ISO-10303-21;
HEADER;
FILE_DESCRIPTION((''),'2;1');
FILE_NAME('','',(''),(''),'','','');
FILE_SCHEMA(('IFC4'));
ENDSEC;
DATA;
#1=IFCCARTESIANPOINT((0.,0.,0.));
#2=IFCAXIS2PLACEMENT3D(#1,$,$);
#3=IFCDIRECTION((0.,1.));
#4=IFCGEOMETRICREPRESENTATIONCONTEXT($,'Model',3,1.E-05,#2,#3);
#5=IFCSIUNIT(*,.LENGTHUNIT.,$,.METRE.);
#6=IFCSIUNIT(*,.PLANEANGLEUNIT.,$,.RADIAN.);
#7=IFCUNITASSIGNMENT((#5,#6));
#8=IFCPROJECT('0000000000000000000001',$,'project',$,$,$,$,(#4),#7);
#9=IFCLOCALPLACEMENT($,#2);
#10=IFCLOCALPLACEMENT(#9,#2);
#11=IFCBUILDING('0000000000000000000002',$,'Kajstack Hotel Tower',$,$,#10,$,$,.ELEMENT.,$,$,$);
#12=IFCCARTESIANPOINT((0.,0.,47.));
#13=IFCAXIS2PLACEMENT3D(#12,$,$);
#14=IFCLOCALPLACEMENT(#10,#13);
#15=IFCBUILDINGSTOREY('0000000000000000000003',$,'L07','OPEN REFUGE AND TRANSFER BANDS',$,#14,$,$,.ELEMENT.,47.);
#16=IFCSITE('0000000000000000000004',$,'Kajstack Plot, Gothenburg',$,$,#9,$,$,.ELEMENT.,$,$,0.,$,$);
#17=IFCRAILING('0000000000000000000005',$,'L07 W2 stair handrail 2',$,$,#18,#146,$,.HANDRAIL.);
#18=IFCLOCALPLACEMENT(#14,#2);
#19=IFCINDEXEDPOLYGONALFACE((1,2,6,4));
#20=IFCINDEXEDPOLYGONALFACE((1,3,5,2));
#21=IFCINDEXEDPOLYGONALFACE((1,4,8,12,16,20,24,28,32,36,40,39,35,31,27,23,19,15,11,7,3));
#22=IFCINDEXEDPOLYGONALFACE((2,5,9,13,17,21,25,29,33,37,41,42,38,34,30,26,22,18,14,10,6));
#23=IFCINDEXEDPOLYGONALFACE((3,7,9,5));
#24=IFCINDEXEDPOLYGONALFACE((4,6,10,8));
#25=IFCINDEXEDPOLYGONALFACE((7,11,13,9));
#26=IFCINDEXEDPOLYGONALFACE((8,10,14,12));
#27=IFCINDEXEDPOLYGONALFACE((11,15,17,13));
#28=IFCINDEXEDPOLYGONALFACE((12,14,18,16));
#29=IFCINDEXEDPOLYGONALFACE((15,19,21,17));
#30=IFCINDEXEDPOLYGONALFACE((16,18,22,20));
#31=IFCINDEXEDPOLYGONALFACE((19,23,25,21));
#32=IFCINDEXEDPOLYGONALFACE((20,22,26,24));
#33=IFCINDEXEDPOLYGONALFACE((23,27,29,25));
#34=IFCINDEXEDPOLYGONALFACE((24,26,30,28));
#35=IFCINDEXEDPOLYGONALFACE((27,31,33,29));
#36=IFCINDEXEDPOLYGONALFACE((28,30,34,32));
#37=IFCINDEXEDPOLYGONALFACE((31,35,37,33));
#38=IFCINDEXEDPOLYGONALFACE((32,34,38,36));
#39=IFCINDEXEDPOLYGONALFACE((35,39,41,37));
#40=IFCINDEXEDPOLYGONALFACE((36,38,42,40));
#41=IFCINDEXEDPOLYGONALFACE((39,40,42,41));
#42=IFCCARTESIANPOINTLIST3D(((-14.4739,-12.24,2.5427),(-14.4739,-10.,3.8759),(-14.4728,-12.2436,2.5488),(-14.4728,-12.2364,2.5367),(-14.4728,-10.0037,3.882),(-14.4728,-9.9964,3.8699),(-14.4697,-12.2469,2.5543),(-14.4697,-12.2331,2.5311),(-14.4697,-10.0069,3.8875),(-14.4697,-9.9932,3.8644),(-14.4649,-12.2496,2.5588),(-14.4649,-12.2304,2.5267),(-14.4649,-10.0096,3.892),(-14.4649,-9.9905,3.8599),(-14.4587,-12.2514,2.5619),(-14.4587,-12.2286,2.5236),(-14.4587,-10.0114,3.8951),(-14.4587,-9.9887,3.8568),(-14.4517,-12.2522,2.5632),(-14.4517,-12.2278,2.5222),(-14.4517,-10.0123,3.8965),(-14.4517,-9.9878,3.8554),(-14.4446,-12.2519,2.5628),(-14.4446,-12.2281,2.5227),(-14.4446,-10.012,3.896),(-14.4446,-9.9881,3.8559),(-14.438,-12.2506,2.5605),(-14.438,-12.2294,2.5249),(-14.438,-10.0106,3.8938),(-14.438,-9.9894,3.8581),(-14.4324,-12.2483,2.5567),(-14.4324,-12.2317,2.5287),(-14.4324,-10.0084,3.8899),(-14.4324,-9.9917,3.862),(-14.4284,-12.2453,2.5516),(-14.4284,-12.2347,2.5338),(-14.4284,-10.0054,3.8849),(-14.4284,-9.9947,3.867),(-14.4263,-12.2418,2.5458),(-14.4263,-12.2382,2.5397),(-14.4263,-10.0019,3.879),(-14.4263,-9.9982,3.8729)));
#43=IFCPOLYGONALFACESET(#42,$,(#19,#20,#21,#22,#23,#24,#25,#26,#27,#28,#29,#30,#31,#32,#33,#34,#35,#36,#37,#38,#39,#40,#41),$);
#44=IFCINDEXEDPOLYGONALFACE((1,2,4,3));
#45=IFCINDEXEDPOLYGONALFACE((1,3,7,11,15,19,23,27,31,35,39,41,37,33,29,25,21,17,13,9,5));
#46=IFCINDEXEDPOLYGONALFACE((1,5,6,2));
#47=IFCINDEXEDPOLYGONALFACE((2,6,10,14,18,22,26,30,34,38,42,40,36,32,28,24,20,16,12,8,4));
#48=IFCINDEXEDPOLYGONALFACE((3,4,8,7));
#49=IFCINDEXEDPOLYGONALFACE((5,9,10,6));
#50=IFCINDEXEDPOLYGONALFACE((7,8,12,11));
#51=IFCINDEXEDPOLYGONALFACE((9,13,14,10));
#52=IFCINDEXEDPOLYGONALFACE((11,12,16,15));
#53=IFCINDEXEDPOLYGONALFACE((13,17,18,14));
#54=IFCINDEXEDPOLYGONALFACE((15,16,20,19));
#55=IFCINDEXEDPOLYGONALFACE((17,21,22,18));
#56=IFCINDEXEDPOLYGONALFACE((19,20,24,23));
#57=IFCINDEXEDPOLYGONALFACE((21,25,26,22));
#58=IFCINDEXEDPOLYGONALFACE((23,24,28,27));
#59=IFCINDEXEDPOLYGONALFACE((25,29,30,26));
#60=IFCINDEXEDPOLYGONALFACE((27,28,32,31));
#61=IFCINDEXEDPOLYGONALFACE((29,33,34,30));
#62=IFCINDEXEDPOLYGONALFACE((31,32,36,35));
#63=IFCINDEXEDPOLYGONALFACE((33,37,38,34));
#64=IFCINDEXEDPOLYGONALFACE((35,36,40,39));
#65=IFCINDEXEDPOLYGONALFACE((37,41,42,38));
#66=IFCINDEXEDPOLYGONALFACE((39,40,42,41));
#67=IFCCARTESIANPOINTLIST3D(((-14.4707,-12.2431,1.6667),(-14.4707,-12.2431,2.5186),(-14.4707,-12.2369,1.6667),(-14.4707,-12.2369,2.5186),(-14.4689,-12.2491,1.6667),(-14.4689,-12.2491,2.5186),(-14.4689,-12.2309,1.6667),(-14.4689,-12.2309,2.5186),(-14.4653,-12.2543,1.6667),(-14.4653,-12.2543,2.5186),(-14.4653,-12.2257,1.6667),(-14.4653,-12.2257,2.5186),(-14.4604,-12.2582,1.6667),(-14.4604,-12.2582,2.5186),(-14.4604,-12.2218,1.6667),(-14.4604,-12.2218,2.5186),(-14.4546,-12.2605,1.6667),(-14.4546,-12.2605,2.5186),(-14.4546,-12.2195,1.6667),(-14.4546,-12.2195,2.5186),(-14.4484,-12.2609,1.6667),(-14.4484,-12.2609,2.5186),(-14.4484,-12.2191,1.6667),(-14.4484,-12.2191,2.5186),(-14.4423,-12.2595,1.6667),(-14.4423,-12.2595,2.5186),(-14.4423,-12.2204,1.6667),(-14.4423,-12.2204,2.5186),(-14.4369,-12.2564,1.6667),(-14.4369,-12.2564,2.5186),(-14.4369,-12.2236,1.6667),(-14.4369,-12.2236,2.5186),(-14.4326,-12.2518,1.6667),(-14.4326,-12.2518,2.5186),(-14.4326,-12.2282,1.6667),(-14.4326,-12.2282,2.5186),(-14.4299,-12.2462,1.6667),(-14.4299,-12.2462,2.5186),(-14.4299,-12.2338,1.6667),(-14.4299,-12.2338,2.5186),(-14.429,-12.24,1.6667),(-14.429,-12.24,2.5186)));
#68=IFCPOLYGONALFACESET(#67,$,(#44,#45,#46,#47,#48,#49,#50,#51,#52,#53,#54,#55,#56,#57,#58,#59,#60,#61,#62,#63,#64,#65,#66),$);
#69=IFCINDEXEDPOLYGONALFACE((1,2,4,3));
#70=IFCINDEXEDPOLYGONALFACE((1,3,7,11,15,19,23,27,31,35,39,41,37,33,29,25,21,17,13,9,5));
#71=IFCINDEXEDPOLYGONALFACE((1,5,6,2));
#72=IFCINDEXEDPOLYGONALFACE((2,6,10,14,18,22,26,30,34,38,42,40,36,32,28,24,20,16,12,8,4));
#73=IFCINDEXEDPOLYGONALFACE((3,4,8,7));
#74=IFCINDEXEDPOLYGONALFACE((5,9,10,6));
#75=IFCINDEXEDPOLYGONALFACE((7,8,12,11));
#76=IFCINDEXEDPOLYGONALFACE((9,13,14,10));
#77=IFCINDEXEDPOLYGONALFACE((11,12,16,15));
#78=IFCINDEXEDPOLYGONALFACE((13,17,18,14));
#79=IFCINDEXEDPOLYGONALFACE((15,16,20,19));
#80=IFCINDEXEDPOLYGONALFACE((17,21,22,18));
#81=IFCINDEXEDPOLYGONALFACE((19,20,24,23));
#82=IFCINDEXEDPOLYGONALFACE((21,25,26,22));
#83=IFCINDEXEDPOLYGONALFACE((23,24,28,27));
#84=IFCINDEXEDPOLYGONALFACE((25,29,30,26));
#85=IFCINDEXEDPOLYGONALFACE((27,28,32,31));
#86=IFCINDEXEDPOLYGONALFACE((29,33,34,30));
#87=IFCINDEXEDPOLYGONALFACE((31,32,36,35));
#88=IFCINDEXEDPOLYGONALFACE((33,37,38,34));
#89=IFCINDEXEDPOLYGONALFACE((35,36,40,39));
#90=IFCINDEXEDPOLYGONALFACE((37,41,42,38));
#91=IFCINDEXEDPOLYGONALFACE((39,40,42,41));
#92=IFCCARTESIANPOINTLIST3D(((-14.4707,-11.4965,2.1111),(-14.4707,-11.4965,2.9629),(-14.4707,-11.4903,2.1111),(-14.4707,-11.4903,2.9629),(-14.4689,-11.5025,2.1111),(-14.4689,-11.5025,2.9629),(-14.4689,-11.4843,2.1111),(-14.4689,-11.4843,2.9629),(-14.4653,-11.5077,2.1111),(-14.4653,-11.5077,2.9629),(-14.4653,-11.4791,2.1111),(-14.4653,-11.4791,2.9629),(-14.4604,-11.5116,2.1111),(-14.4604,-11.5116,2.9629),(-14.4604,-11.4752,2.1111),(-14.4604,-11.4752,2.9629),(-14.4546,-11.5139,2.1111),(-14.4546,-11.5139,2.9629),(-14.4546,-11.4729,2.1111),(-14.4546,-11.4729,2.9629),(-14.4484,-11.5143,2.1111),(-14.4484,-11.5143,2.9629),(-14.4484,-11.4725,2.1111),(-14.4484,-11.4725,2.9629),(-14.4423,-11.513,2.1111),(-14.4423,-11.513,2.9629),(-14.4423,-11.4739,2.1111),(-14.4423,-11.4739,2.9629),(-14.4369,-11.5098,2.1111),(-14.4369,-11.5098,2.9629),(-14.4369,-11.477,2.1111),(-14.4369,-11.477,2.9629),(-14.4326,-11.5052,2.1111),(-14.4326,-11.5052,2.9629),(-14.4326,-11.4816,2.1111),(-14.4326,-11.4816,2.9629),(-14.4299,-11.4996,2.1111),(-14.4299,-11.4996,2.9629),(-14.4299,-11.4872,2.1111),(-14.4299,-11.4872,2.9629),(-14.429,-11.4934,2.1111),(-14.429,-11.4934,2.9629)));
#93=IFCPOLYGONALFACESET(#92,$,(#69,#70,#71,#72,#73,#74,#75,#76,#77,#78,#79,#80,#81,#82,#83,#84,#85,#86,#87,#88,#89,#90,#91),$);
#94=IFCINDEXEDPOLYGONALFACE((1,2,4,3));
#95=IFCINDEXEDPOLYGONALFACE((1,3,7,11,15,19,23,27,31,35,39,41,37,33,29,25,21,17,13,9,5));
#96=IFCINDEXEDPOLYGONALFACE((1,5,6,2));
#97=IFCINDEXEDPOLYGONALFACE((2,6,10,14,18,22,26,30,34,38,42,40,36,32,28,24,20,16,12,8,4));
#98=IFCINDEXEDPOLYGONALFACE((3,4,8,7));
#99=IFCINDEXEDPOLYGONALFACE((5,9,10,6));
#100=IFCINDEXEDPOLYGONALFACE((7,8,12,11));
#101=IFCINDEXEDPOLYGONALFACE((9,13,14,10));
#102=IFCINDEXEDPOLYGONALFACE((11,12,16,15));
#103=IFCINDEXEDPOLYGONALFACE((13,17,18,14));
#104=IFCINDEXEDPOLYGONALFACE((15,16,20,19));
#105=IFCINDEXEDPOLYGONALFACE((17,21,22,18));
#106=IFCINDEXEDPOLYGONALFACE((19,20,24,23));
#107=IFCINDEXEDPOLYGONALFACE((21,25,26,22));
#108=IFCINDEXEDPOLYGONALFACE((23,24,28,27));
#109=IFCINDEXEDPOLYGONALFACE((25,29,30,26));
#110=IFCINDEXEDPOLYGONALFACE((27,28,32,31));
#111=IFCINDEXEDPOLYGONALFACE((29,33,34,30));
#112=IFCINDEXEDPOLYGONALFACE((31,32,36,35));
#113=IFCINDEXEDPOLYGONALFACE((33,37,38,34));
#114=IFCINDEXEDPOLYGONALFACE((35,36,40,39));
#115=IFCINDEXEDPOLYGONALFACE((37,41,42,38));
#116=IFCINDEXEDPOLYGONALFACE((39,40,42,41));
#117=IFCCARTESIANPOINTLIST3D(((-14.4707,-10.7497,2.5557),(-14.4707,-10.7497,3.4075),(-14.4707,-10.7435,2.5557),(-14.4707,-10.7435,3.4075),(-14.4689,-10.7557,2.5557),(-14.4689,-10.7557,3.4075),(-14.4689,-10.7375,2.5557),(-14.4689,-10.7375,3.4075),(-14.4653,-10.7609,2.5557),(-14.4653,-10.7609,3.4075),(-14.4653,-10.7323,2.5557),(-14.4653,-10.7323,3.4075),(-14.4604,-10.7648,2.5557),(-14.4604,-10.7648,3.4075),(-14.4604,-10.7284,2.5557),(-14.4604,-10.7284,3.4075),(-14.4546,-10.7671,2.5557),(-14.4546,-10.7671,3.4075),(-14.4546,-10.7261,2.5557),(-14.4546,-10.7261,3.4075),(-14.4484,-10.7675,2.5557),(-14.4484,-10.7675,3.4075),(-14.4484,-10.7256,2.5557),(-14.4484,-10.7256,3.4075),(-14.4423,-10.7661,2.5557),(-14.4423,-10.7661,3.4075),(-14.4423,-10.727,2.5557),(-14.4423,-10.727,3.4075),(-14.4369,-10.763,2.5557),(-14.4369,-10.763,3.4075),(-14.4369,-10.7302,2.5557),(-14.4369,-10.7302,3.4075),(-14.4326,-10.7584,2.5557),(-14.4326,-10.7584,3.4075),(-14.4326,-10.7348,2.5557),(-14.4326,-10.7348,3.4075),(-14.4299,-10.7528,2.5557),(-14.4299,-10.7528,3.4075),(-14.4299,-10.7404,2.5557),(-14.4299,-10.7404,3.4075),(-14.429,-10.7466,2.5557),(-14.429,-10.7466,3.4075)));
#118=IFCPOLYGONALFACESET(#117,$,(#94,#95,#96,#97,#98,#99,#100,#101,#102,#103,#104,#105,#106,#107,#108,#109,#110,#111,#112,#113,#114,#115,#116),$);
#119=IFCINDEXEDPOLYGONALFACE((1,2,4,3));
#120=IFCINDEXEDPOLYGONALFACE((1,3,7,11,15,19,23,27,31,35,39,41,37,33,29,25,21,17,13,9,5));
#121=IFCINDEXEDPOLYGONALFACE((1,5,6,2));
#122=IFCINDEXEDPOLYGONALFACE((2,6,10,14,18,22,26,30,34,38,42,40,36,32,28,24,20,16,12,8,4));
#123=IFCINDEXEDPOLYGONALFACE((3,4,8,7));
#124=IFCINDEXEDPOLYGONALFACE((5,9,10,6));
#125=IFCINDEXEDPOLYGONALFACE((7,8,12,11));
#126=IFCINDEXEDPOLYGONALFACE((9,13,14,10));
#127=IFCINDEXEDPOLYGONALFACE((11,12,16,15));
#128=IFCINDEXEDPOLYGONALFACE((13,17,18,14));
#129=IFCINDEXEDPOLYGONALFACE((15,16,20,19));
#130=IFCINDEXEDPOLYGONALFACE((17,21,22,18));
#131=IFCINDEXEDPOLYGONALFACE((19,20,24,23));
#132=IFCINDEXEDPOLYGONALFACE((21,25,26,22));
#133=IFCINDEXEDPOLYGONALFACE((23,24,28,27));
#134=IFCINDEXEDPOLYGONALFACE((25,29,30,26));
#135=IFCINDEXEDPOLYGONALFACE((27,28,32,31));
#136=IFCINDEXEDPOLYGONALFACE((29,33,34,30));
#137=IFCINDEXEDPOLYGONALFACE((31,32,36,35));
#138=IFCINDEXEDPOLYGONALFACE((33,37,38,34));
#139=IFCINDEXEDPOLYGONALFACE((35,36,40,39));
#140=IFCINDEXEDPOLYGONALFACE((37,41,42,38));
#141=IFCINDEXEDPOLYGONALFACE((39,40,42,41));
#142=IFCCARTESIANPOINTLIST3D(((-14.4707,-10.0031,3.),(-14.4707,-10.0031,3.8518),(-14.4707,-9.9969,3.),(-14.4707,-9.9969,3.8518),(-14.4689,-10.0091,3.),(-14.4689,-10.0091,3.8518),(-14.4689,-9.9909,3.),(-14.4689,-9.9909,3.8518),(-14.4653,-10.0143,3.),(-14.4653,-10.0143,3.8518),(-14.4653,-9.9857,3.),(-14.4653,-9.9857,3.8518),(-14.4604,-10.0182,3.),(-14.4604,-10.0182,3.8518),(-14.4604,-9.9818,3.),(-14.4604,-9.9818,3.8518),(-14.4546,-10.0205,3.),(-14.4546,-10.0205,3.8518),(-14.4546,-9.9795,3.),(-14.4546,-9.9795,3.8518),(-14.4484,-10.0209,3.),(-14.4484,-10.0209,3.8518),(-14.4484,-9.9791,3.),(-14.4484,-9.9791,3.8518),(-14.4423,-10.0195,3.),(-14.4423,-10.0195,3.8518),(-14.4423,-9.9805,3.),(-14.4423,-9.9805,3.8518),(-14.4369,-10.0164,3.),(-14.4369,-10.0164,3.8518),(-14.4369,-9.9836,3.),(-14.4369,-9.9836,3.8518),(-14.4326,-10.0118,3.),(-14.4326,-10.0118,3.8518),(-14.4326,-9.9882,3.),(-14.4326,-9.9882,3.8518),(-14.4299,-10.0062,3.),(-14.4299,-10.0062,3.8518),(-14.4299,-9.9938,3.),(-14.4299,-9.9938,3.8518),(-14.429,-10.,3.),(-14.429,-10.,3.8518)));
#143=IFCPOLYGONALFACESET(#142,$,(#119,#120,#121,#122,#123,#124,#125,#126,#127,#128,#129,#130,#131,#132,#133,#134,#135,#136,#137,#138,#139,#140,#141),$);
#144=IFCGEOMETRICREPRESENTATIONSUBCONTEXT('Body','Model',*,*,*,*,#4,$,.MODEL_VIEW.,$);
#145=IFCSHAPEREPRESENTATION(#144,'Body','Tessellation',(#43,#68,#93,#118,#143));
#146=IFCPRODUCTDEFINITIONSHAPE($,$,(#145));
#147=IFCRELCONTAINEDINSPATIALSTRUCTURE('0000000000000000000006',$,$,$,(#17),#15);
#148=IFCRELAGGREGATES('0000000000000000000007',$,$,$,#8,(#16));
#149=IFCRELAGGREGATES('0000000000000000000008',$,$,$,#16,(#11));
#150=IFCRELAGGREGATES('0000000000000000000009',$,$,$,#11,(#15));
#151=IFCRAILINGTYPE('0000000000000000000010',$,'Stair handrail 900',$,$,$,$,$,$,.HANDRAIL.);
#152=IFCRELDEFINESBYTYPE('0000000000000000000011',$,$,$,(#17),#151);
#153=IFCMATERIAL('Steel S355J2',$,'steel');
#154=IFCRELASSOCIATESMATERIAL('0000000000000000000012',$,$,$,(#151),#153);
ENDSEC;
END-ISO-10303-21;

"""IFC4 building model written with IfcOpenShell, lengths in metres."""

from ifc_helpers import new_model, si_unit, direction, frame, origin, origin_2d, place, context, subcontext, project, spatial, circle, extrude, material, type_object, element, save


model = new_model("IFC4")

# Units and contexts
model_context = context("Model", 3, precision=1e-05, world=origin(), true_north=direction((0.0, 1.0)))
body_context = subcontext(model_context, "Body", "Model", "MODEL_VIEW")
ifc_project = project(units=[si_unit("LENGTHUNIT", "METRE"), si_unit("PLANEANGLEUNIT", "RADIAN")], contexts=[model_context])

# Site, building, storey
site_placement = place(None, origin())
site = spatial("IfcSite", under=ifc_project, at=site_placement, Name="Kajstack Plot, Gothenburg", CompositionType="ELEMENT", RefElevation=0.0)
building_placement = place(site_placement, origin())
building = spatial("IfcBuilding", under=site, at=building_placement, Name="Kajstack Hotel Tower", CompositionType="ELEMENT")
storey_placement = place(building_placement, frame((0.0, 0.0, 47.0)))
storey = spatial("IfcBuildingStorey", under=building, at=storey_placement, Name="L07", Description="OPEN REFUGE AND TRANSFER BANDS", CompositionType="ELEMENT", Elevation=47.0)

# Railing
ifc_material_1 = material(Name="Steel S355J2", Category="steel")
railing_type_1 = type_object("IfcRailingType", Name="Stair handrail 900", PredefinedType="HANDRAIL", material=ifc_material_1)
railing_1_placement = place(storey_placement, frame((-14.45, -12.24, 1.6667)))
element("IfcRailing", 1, at=railing_1_placement, inside=storey, type_object=railing_type_1, Name="L07 W2 stair handrail 2", PredefinedType="HANDRAIL", context=body_context, shape_type="SweptSolid", body=[
    extrude(circle(Radius=0.0239, at=origin_2d()), frame((0.0, 0.0, 0.876), z_axis=(0.0, 0.859306, 0.511462), x_axis=(-1.0, 0.0, 0.0)), (0.0, 0.0, 1.0), 2.6067),
    extrude(circle(Radius=0.021, at=origin_2d()), origin(), (0.0, 0.0, 1.0), 0.8518),
    extrude(circle(Radius=0.021, at=origin_2d()), frame((0.0, 0.7466, 0.4443)), (0.0, 0.0, 1.0), 0.8518),
    extrude(circle(Radius=0.021, at=origin_2d()), frame((0.0, 1.4934, 0.8889)), (0.0, 0.0, 1.0), 0.8518),
    extrude(circle(Radius=0.021, at=origin_2d()), frame((0.0, 2.24, 1.3333)), (0.0, 0.0, 1.0), 0.8518),
])

save(model, "model.ifc")
